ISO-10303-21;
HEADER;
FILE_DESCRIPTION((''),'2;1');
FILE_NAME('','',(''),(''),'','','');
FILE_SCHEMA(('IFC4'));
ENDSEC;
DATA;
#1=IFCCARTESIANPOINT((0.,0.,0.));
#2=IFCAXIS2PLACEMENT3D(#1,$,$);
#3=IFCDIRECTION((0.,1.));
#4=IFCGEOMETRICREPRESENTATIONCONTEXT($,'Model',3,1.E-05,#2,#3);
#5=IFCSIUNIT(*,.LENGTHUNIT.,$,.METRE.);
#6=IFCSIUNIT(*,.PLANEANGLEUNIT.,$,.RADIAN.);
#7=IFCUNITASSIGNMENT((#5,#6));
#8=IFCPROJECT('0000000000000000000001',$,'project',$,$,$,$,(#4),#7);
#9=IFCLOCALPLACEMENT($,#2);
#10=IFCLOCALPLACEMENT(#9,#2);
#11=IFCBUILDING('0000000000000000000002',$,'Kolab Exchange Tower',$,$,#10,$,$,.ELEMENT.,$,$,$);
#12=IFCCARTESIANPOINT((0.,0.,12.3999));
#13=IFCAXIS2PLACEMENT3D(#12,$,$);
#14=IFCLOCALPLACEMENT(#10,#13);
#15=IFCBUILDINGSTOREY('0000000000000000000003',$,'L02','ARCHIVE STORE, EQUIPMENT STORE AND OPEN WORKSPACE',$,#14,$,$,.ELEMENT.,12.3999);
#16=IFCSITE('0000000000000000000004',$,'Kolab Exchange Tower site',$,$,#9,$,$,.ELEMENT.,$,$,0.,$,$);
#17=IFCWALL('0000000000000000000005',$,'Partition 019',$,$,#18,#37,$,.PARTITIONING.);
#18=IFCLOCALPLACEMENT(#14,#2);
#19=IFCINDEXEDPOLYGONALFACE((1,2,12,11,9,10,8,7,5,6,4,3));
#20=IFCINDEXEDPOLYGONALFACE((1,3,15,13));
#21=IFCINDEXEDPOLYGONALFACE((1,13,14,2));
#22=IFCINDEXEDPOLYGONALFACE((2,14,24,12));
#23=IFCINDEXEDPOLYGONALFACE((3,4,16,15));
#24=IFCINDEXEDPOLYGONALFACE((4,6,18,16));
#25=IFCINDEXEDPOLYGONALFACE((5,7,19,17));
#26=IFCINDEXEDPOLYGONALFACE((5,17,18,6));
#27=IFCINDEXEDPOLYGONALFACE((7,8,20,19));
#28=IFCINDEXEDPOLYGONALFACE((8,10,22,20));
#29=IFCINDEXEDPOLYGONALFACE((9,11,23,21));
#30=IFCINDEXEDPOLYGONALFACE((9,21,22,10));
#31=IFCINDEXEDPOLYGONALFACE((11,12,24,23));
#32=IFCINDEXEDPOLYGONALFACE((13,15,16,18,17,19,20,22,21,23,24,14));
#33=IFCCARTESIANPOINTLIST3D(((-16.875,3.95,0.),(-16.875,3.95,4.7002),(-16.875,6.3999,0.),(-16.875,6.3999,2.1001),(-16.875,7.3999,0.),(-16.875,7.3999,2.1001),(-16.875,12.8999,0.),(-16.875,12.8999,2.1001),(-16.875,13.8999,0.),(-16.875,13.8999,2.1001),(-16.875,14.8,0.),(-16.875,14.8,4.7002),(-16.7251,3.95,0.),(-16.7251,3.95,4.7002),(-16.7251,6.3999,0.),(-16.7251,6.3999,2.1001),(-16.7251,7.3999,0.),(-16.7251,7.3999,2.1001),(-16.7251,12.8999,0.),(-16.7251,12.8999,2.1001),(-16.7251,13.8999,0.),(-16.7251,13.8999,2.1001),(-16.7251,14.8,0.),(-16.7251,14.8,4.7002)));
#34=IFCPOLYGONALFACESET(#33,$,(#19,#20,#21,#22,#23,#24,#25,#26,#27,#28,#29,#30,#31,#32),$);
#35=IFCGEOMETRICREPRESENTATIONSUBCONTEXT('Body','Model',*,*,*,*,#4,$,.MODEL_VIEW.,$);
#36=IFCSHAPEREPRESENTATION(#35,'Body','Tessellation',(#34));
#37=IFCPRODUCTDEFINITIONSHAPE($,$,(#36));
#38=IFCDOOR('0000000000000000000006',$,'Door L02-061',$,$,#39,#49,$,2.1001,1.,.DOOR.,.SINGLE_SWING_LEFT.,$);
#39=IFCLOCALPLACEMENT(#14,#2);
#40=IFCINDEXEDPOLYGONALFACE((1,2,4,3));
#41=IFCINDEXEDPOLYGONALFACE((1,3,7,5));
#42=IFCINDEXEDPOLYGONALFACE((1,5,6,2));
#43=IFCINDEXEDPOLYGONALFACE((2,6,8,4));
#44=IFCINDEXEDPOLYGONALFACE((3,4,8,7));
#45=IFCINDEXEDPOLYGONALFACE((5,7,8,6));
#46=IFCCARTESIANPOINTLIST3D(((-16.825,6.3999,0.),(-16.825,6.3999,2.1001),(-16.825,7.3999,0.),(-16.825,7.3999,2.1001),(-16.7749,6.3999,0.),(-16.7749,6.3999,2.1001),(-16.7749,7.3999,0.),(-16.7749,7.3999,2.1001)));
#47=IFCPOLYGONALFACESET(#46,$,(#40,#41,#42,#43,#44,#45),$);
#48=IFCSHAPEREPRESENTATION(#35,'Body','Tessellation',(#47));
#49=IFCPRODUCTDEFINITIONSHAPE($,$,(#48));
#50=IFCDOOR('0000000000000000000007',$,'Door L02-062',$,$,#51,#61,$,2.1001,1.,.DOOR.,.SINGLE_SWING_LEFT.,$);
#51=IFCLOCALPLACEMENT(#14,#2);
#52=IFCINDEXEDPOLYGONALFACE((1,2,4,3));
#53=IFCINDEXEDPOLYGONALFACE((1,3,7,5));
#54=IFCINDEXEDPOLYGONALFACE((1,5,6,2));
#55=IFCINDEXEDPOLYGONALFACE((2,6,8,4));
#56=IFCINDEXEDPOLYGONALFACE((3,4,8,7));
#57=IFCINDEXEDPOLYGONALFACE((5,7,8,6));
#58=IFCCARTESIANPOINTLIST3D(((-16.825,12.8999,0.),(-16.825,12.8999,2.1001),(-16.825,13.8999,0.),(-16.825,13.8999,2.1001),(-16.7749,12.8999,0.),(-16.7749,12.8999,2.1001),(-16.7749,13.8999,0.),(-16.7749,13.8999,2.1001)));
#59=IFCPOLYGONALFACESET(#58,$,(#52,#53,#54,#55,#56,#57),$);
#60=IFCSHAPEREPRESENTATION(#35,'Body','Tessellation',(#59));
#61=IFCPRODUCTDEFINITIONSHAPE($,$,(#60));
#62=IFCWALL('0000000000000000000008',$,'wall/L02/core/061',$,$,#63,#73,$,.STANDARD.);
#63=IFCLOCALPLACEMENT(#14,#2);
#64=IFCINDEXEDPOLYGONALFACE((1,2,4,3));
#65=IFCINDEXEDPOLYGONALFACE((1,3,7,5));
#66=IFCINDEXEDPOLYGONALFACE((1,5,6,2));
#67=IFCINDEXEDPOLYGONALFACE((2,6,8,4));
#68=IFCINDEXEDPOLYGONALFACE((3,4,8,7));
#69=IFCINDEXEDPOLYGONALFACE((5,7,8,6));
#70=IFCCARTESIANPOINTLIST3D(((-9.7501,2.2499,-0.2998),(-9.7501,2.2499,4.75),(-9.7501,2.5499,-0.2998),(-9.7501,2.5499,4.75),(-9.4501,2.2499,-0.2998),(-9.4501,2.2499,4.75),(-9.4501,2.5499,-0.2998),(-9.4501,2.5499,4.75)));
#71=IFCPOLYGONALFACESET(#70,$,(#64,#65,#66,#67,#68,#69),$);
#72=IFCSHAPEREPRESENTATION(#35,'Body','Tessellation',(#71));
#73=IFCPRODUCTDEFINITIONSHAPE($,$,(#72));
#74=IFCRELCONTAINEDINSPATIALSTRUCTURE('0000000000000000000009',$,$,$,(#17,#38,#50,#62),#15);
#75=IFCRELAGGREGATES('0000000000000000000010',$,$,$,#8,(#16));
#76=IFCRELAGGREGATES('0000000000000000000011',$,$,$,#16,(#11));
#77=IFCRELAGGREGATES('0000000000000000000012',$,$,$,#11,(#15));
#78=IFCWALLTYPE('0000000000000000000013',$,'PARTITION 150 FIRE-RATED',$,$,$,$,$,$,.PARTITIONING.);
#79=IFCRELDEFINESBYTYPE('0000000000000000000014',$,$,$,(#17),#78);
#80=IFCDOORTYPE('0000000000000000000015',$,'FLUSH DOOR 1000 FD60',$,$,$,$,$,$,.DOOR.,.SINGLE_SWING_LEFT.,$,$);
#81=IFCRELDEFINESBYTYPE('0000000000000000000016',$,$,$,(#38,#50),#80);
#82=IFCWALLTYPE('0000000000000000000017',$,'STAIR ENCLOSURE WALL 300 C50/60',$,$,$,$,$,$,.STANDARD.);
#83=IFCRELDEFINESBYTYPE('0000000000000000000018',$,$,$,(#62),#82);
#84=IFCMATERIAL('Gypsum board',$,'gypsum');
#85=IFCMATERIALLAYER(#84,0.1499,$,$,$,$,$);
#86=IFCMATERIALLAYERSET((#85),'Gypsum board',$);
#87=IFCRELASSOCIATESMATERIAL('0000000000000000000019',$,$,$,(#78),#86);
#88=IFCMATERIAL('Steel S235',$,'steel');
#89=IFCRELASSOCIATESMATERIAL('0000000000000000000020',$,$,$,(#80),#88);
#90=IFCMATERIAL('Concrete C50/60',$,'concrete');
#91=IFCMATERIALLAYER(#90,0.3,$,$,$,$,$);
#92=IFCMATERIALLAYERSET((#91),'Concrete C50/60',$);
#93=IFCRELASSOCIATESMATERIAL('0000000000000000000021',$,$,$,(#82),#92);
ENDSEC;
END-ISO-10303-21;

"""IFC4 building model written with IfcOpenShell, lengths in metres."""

from ifc_helpers import new_model, si_unit, direction, frame, frame_2d, origin, place, context, subcontext, project, spatial, rectangle, extrude, material, layer, layer_set, type_object, element, fill, save


model = new_model("IFC4")

# Units and contexts
model_context = context("Model", 3, precision=1e-05, world=origin(), true_north=direction((0.0, 1.0)))
body_context = subcontext(model_context, "Body", "Model", "MODEL_VIEW")
ifc_project = project(units=[si_unit("LENGTHUNIT", "METRE"), si_unit("PLANEANGLEUNIT", "RADIAN")], contexts=[model_context])

# Site, building, storey
site_placement = place(None, origin())
site = spatial("IfcSite", under=ifc_project, at=site_placement, Name="Kolab Exchange Tower site", CompositionType="ELEMENT", RefElevation=0.0)
building_placement = place(site_placement, origin())
building = spatial("IfcBuilding", under=site, at=building_placement, Name="Kolab Exchange Tower", CompositionType="ELEMENT")
storey_placement = place(building_placement, frame((0.0, 0.0, 12.3999)))
storey = spatial("IfcBuildingStorey", under=building, at=storey_placement, Name="L02", Description="ARCHIVE STORE, EQUIPMENT STORE AND OPEN WORKSPACE", CompositionType="ELEMENT", Elevation=12.3999)

# Shared definitions
ifc_material_1 = material(Name="Steel S235", Category="steel")

# Shared definitions
ifc_material_2 = material(Name="Concrete C50/60", Category="concrete")
ifc_material_3 = material(Name="Gypsum board", Category="gypsum")

# Wall, openings, doors
ifc_layer_1 = layer(ifc_material_3, 0.1499)
ifc_layer_set_1 = layer_set([ifc_layer_1], Name="Gypsum board")
wall_type_1 = type_object("IfcWallType", Name="PARTITION 150 FIRE-RATED", PredefinedType="PARTITIONING", material=ifc_layer_set_1)
wall_1_placement = place(storey_placement, frame((-16.8, 3.95, 0.0), z_axis=(0.0, 0.0, 1.0), x_axis=(0.0, 1.0, 0.0)))
wall_1 = element("IfcWall", 1, at=wall_1_placement, inside=storey, type_object=wall_type_1, Name="Partition 019", PredefinedType="PARTITIONING", context=body_context, shape_type="SweptSolid", body=[
    extrude(rectangle(XDim=10.8501, YDim=0.1499, at=frame_2d((5.425, 0.0))), origin(), (0.0, 0.0, 1.0), 4.7002),
])
opening_1_placement = place(wall_1_placement, frame((2.45, 0.0, 0.0)))
opening_1 = element("IfcOpeningElement", 2, at=opening_1_placement, cuts=wall_1, PredefinedType="OPENING", context=body_context, shape_type="SweptSolid", body=[
    extrude(rectangle(XDim=1.0, YDim=2.1001, at=frame_2d((0.5, 1.05))), frame((0.0, 0.085, 0.0), z_axis=(0.0, -1.0, 0.0), x_axis=(1.0, 0.0, 0.0)), (0.0, 0.0, 1.0), 0.1699),
])
opening_2_placement = place(wall_1_placement, frame((8.95, 0.0, 0.0)))
opening_2 = element("IfcOpeningElement", 3, at=opening_2_placement, cuts=wall_1, PredefinedType="OPENING", context=body_context, shape_type="SweptSolid", body=[
    extrude(rectangle(XDim=1.0, YDim=2.1001, at=frame_2d((0.5, 1.05))), frame((0.0, 0.085, 0.0), z_axis=(0.0, -1.0, 0.0), x_axis=(1.0, 0.0, 0.0)), (0.0, 0.0, 1.0), 0.1699),
])
door_type_1 = type_object("IfcDoorType", Name="FLUSH DOOR 1000 FD60", OperationType="SINGLE_SWING_LEFT", PredefinedType="DOOR", material=ifc_material_1)
door_1_placement = place(opening_1_placement, origin())
door_1 = element("IfcDoor", 4, at=door_1_placement, inside=storey, type_object=door_type_1, Name="Door L02-061", OperationType="SINGLE_SWING_LEFT", OverallHeight=2.1001, OverallWidth=1.0, PredefinedType="DOOR", context=body_context, shape_type="SweptSolid", body=[
    extrude(rectangle(XDim=1.0, YDim=2.1001, at=frame_2d((0.5, 1.05))), frame((0.0, 0.0249, 0.0), z_axis=(0.0, -1.0, 0.0), x_axis=(1.0, 0.0, 0.0)), (0.0, 0.0, 1.0), 0.05),
])
fill(opening_1, door_1)
door_2_placement = place(opening_2_placement, origin())
door_2 = element("IfcDoor", 5, at=door_2_placement, inside=storey, type_object=door_type_1, Name="Door L02-062", OperationType="SINGLE_SWING_LEFT", OverallHeight=2.1001, OverallWidth=1.0, PredefinedType="DOOR", context=body_context, shape_type="SweptSolid", body=[
    extrude(rectangle(XDim=1.0, YDim=2.1001, at=frame_2d((0.5, 1.05))), frame((0.0, 0.0249, 0.0), z_axis=(0.0, -1.0, 0.0), x_axis=(1.0, 0.0, 0.0)), (0.0, 0.0, 1.0), 0.05),
])
fill(opening_2, door_2)

# Wall
ifc_layer_2 = layer(ifc_material_2, 0.3)
ifc_layer_set_2 = layer_set([ifc_layer_2], Name="Concrete C50/60")
wall_type_2 = type_object("IfcWallType", Name="STAIR ENCLOSURE WALL 300 C50/60", PredefinedType="STANDARD", material=ifc_layer_set_2)
wall_2_placement = place(storey_placement, frame((-9.6001, 2.25, -0.2998), z_axis=(0.0, 0.0, 1.0), x_axis=(0.0, 1.0, 0.0)))
element("IfcWall", 6, at=wall_2_placement, inside=storey, type_object=wall_type_2, Name="wall/L02/core/061", PredefinedType="STANDARD", context=body_context, shape_type="SweptSolid", body=[
    extrude(rectangle(XDim=0.3, YDim=0.3, at=frame_2d((0.1499, 0.0))), origin(), (0.0, 0.0, 1.0), 5.0498),
])

save(model, "model.ifc")
